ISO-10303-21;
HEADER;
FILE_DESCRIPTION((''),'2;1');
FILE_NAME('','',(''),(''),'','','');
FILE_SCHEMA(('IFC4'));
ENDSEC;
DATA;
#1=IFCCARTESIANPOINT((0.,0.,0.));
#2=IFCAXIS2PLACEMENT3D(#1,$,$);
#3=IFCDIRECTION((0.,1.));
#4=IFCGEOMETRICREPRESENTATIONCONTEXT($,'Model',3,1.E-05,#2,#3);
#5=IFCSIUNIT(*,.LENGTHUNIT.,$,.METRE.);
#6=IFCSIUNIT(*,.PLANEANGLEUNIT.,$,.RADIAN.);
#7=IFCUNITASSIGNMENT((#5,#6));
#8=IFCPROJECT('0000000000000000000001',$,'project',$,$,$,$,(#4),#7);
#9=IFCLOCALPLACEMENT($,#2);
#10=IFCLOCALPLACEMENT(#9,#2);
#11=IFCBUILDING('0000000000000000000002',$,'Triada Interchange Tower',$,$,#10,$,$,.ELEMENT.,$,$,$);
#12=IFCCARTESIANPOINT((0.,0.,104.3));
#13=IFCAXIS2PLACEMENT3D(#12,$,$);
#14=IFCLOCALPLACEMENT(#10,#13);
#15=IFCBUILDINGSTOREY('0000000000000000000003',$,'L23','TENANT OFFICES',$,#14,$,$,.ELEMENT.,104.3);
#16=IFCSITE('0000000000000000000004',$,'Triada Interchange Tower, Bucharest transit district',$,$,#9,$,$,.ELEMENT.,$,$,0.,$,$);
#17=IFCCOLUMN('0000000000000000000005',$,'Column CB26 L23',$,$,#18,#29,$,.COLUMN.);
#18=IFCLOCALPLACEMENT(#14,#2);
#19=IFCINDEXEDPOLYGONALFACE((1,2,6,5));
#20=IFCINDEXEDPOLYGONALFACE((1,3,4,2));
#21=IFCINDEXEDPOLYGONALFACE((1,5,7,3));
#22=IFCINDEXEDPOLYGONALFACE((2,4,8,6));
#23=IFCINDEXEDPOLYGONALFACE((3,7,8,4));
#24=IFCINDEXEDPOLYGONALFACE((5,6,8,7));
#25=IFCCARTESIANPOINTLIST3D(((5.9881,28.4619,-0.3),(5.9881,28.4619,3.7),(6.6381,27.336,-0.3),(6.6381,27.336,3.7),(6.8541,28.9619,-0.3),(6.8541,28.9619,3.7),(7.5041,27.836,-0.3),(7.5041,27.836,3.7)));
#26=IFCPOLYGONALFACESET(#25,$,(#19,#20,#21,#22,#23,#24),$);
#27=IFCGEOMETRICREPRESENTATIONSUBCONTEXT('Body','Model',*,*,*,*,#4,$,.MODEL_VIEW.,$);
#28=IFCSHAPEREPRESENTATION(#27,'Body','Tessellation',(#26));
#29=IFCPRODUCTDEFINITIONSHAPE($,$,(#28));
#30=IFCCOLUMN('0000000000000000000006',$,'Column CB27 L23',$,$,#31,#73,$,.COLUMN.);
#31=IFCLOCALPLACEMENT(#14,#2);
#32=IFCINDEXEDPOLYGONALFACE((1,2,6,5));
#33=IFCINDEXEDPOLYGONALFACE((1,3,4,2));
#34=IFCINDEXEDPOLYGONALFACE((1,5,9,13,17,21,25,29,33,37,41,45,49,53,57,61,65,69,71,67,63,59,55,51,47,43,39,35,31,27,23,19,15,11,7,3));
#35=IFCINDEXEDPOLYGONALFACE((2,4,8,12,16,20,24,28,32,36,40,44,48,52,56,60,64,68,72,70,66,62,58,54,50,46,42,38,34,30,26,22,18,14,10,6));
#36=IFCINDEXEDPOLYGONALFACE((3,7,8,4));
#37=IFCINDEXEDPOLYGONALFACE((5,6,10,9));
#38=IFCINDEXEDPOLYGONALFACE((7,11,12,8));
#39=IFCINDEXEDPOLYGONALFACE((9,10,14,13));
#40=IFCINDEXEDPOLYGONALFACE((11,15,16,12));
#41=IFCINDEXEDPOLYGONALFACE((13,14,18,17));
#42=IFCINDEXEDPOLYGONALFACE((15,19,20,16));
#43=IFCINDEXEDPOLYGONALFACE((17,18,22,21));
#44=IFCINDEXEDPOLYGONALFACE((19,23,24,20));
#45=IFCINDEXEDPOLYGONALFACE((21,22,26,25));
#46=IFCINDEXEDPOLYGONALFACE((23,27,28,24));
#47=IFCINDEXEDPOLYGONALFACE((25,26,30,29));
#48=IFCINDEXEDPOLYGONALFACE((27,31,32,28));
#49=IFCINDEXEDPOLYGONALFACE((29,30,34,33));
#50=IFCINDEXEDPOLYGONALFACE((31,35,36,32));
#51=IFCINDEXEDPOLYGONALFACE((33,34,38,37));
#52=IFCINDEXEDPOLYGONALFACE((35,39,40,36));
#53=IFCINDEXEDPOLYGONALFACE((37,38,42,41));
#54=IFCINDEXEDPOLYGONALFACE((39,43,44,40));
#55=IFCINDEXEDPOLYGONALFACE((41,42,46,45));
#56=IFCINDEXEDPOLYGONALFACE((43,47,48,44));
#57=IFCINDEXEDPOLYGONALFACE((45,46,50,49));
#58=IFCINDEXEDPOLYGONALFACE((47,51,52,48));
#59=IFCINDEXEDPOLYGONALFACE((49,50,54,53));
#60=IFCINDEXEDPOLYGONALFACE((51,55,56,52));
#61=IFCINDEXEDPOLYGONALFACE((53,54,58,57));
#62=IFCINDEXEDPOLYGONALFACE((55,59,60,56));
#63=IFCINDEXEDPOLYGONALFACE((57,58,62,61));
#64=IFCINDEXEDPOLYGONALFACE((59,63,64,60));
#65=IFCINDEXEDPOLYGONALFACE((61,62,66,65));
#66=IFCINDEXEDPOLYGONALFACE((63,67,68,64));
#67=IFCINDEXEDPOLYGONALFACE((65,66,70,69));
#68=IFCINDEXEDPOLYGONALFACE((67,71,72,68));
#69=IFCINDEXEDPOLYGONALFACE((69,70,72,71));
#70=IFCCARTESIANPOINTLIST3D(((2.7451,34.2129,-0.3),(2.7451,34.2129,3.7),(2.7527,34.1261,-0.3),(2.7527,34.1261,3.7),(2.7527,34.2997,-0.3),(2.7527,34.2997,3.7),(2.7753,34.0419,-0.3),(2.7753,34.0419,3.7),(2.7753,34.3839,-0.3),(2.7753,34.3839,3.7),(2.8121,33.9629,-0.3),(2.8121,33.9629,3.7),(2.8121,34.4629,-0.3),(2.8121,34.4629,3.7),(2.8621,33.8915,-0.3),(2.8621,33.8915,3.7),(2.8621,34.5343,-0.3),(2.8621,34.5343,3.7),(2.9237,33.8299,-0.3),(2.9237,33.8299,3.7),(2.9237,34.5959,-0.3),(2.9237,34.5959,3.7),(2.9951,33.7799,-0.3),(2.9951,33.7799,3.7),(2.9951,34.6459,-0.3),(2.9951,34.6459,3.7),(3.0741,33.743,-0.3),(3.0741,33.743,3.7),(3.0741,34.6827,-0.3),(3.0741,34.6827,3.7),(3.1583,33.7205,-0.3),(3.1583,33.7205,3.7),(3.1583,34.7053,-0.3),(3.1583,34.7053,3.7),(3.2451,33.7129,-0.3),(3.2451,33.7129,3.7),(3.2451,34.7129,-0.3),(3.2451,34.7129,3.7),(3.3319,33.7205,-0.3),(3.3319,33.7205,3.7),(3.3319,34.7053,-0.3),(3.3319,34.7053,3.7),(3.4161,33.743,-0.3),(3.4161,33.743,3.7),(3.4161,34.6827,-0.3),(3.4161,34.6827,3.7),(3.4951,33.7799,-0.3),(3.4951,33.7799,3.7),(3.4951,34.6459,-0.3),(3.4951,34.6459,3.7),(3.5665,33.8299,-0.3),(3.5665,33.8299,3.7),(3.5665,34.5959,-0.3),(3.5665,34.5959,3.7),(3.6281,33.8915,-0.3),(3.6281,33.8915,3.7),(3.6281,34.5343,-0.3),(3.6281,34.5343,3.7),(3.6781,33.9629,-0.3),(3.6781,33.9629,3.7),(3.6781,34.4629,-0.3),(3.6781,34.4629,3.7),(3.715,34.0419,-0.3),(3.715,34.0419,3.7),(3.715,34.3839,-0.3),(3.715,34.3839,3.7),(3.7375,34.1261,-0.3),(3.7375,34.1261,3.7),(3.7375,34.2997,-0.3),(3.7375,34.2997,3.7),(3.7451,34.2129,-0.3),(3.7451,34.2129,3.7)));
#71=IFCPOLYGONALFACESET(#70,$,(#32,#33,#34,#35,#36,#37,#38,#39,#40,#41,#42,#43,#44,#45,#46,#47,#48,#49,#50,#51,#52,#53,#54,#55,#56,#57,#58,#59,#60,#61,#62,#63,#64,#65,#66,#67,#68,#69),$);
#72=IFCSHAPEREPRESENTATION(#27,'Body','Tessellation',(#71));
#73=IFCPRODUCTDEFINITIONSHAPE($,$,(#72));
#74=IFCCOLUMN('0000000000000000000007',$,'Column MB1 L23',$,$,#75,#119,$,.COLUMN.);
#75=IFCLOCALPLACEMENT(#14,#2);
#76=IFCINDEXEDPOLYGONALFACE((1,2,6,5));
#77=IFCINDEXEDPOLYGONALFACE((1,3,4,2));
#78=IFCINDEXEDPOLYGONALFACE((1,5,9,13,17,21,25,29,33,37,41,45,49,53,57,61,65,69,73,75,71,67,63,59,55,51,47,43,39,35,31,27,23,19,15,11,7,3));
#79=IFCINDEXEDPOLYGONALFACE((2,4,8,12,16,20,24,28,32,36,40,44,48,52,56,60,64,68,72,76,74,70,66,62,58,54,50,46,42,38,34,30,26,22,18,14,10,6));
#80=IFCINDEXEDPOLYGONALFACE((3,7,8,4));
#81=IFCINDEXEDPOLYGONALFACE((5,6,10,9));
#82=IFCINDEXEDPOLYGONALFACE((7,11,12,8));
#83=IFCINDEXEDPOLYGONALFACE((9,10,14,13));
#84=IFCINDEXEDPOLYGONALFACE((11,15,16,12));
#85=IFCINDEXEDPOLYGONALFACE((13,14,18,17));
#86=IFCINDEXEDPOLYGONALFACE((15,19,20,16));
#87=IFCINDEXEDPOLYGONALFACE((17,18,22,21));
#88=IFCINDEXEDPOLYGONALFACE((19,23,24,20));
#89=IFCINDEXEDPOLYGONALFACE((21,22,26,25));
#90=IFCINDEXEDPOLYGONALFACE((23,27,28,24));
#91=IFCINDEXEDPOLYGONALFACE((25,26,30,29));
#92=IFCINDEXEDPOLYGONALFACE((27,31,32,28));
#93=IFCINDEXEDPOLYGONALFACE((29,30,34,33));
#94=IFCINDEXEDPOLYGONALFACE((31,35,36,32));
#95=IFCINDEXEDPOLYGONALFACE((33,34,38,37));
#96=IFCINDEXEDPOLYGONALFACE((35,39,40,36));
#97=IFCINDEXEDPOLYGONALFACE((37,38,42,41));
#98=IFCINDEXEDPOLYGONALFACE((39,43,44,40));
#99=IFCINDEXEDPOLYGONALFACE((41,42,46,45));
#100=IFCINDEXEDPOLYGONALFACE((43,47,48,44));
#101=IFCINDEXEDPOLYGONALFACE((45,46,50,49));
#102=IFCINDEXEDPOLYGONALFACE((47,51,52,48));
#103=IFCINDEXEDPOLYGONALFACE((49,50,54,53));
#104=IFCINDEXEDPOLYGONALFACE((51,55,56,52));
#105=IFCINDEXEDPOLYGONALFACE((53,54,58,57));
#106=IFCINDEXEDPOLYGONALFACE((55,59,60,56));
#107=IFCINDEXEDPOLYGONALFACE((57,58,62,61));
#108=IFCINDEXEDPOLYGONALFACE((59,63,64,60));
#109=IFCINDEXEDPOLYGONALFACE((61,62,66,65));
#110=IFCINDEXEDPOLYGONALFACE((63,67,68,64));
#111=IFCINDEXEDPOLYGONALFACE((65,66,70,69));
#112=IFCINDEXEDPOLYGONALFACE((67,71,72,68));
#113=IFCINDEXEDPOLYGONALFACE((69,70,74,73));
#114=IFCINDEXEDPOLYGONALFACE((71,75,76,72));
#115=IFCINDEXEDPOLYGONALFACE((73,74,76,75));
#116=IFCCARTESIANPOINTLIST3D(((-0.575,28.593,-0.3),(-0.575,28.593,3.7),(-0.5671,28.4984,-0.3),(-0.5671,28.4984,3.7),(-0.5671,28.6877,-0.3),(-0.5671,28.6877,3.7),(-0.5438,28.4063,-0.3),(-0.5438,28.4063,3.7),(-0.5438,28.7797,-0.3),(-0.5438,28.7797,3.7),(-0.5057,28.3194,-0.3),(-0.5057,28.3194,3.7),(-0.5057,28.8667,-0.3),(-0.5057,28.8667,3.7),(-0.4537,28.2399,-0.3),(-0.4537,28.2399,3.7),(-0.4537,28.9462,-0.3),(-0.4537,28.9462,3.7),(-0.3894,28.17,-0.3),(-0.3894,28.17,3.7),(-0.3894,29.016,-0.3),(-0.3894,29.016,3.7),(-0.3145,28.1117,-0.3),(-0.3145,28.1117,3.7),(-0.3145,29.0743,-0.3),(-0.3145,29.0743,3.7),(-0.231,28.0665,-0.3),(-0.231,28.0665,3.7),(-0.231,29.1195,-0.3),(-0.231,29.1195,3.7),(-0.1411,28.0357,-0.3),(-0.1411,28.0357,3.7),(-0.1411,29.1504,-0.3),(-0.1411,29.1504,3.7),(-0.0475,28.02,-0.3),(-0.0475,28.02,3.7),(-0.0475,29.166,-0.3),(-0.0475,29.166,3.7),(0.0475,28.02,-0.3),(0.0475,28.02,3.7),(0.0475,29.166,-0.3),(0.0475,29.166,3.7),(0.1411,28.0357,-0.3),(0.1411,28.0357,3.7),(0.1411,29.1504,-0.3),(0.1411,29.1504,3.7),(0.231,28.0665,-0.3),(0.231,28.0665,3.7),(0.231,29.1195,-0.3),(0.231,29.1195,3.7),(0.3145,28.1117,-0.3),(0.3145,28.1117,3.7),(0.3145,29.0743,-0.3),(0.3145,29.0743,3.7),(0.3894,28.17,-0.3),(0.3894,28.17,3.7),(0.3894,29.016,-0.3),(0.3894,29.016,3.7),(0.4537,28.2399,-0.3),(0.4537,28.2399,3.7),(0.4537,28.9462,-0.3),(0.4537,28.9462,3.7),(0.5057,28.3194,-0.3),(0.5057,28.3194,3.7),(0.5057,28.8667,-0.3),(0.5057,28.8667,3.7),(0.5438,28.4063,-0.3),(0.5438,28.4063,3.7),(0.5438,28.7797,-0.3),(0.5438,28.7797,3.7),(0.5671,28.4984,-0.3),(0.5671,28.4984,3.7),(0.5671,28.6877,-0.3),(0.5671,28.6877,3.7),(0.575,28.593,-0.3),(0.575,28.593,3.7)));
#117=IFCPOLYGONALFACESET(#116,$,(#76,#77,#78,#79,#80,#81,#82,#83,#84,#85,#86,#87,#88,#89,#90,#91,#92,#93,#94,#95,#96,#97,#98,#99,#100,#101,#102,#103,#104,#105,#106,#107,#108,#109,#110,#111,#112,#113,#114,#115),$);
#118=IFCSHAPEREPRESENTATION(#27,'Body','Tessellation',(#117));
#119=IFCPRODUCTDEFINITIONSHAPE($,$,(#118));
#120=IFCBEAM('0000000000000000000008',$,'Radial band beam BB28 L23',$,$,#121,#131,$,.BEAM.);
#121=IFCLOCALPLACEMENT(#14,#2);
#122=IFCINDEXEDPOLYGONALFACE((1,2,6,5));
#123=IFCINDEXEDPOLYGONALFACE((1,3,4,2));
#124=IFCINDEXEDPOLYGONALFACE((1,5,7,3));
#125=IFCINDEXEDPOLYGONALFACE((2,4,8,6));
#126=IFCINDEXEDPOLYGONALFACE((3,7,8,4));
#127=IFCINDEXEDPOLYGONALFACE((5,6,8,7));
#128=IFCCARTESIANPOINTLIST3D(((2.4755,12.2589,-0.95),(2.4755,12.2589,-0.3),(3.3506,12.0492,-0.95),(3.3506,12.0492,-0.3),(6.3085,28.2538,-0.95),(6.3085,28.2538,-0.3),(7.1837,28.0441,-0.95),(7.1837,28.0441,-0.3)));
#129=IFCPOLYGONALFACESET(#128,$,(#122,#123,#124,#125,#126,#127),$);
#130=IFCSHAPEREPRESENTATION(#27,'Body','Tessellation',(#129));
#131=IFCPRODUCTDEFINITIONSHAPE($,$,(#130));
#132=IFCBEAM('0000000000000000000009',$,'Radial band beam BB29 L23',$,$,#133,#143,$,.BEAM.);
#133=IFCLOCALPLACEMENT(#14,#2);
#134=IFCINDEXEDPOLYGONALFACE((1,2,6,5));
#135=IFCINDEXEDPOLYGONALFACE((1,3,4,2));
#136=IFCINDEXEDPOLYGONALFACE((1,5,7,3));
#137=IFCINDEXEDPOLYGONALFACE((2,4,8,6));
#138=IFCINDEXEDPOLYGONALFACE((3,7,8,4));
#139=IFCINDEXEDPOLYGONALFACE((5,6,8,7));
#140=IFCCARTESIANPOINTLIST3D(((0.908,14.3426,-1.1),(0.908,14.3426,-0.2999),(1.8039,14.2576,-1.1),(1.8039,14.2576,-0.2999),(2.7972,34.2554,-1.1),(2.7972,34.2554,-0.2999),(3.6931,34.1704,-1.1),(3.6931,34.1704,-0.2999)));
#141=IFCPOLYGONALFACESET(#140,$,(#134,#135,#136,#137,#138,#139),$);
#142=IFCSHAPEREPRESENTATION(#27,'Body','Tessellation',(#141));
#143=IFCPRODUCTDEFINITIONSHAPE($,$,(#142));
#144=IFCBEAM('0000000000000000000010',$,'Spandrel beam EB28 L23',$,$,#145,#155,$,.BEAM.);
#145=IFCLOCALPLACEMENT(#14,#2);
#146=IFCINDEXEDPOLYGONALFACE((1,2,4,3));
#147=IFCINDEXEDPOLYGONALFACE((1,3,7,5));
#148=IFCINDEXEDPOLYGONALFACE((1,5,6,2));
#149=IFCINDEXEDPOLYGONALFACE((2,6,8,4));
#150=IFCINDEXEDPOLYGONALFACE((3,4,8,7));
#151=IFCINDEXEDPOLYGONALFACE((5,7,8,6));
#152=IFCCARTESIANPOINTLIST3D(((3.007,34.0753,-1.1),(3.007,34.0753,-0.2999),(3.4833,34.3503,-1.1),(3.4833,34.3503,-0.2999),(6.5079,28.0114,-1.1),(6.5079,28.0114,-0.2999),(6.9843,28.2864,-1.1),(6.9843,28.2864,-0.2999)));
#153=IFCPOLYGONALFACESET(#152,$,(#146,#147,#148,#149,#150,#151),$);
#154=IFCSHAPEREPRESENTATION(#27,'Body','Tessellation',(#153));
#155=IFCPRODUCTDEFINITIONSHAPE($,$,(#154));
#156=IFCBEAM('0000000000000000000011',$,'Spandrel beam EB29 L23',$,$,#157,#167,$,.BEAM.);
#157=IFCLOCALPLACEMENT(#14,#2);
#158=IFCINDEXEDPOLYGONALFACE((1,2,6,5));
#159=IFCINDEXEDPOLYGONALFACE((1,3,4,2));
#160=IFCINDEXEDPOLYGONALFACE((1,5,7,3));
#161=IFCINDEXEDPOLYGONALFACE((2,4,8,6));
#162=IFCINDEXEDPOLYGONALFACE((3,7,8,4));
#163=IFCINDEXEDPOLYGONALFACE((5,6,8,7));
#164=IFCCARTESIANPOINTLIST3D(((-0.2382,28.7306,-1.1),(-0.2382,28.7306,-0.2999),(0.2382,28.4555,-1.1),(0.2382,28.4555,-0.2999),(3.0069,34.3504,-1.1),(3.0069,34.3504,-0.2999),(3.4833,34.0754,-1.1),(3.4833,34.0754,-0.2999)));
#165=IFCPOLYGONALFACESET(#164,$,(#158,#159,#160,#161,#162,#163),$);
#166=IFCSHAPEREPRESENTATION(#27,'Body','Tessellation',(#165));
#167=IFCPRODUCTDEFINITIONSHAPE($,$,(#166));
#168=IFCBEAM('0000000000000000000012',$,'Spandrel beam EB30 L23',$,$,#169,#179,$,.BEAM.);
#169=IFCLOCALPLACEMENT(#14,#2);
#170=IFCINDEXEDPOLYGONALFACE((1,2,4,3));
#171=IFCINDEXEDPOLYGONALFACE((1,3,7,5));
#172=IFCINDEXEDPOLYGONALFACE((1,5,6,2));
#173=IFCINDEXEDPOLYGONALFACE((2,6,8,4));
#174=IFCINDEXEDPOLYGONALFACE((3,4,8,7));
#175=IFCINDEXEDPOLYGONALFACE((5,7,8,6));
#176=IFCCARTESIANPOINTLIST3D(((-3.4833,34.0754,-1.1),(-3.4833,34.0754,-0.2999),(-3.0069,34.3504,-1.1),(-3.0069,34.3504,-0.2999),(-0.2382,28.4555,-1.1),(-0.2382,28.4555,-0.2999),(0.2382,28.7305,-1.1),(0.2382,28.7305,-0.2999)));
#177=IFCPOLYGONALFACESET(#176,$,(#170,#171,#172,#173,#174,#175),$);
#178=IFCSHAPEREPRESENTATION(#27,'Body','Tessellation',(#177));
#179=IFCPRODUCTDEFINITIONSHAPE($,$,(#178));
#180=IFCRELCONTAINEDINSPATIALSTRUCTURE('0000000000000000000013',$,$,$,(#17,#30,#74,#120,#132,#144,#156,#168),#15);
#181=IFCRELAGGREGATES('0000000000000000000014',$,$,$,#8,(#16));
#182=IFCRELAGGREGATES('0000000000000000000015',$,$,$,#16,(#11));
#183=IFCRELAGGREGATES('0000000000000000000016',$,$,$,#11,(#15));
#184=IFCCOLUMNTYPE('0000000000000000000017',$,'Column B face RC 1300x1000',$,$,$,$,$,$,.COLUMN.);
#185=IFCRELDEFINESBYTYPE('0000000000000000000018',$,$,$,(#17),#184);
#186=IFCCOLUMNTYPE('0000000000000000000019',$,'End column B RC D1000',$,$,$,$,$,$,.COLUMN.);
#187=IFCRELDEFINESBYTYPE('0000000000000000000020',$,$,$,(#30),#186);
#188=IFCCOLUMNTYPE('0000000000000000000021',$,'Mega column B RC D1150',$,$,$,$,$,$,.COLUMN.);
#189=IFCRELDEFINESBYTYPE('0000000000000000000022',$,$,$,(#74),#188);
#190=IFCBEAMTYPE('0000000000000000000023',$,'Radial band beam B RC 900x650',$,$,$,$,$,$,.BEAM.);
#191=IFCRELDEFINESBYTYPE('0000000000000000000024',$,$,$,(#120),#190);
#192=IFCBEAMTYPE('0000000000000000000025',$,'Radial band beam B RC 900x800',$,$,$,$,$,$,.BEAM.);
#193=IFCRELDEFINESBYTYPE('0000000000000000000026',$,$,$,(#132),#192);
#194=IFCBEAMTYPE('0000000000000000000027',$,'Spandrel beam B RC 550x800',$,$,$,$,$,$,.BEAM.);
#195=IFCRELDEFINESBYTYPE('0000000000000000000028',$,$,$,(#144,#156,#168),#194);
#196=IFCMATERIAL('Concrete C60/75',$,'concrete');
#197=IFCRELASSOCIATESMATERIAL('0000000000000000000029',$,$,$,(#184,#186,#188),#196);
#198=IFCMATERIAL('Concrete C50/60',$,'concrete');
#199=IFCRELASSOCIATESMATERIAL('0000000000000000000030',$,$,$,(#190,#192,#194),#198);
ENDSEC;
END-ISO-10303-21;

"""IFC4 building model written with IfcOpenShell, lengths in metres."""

from ifc_helpers import new_model, si_unit, direction, frame, origin, origin_2d, place, context, subcontext, project, spatial, rectangle, circle, extrude, material, material_profile, profile_set, type_object, element, save


model = new_model("IFC4")

# Units and contexts
model_context = context("Model", 3, precision=1e-05, world=origin(), true_north=direction((0.0, 1.0)))
body_context = subcontext(model_context, "Body", "Model", "MODEL_VIEW")
ifc_project = project(units=[si_unit("LENGTHUNIT", "METRE"), si_unit("PLANEANGLEUNIT", "RADIAN")], contexts=[model_context])

# Site, building, storey
site_placement = place(None, origin())
site = spatial("IfcSite", under=ifc_project, at=site_placement, Name="Triada Interchange Tower, Bucharest transit district", CompositionType="ELEMENT", RefElevation=0.0)
building_placement = place(site_placement, origin())
building = spatial("IfcBuilding", under=site, at=building_placement, Name="Triada Interchange Tower", CompositionType="ELEMENT")
storey_placement = place(building_placement, frame((0.0, 0.0, 104.3)))
storey = spatial("IfcBuildingStorey", under=building, at=storey_placement, Name="L23", Description="TENANT OFFICES", CompositionType="ELEMENT", Elevation=104.3)

# Columns
ifc_material_1 = material(Name="Concrete C60/75", Category="concrete")
ifc_material_profile_1 = material_profile(ifc_material_1, rectangle(XDim=1.3, YDim=1.0, at=origin_2d()), Name="RC 1300x1000")
ifc_profile_set_1 = profile_set([ifc_material_profile_1], Name="Concrete C60/75")
column_type_1 = type_object("IfcColumnType", Name="Column B face RC 1300x1000", PredefinedType="COLUMN", material=ifc_profile_set_1)
column_1_placement = place(storey_placement, frame((6.7461, 28.1489, -0.3), z_axis=(0.0, 0.0, 1.0), x_axis=(-0.5, 0.866025, 0.0)))
element("IfcColumn", 1, at=column_1_placement, inside=storey, type_object=column_type_1, Name="Column CB26 L23", PredefinedType="COLUMN", context=body_context, shape_type="SweptSolid", body=[
    extrude(rectangle(XDim=1.3, YDim=1.0, at=origin_2d()), origin(), (0.0, 0.0, 1.0), 4.0),
])
ifc_material_profile_2 = material_profile(ifc_material_1, circle(Radius=0.5, at=origin_2d()), Name="RC D1000")
ifc_profile_set_2 = profile_set([ifc_material_profile_2], Name="Concrete C60/75")
column_type_2 = type_object("IfcColumnType", Name="End column B RC D1000", PredefinedType="COLUMN", material=ifc_profile_set_2)
column_2_placement = place(storey_placement, frame((3.2451, 34.2129, -0.3), z_axis=(0.0, 0.0, 1.0), x_axis=(-0.5, 0.866025, 0.0)))
element("IfcColumn", 2, at=column_2_placement, inside=storey, type_object=column_type_2, Name="Column CB27 L23", PredefinedType="COLUMN", context=body_context, shape_type="SweptSolid", body=[
    extrude(circle(Radius=0.5, at=origin_2d()), origin(), (0.0, 0.0, 1.0), 4.0),
])
ifc_material_profile_3 = material_profile(ifc_material_1, circle(Radius=0.575, at=origin_2d()), Name="RC D1150")
ifc_profile_set_3 = profile_set([ifc_material_profile_3], Name="Concrete C60/75")
column_type_3 = type_object("IfcColumnType", Name="Mega column B RC D1150", PredefinedType="COLUMN", material=ifc_profile_set_3)
column_3_placement = place(storey_placement, frame((0.0, 28.593, -0.3), z_axis=(0.0, 0.0, 1.0), x_axis=(1.0, 0.0, 0.0)))
element("IfcColumn", 3, at=column_3_placement, inside=storey, type_object=column_type_3, Name="Column MB1 L23", PredefinedType="COLUMN", context=body_context, shape_type="SweptSolid", body=[
    extrude(circle(Radius=0.575, at=origin_2d()), origin(), (0.0, 0.0, 1.0), 4.0),
])

# Beams
ifc_material_2 = material(Name="Concrete C50/60", Category="concrete")
ifc_material_profile_4 = material_profile(ifc_material_2, rectangle(XDim=0.8999, YDim=0.6499, at=origin_2d()), Name="RC 900x650")
ifc_profile_set_4 = profile_set([ifc_material_profile_4], Name="Concrete C50/60")
beam_type_1 = type_object("IfcBeamType", Name="Radial band beam B RC 900x650", PredefinedType="BEAM", material=ifc_profile_set_4)
beam_1_placement = place(storey_placement, frame((6.7461, 28.1489, -0.625), z_axis=(-0.233042, -0.972467, 0.0), x_axis=(0.972467, -0.233042, 0.0)))
element("IfcBeam", 4, at=beam_1_placement, inside=storey, type_object=beam_type_1, Name="Radial band beam BB28 L23", PredefinedType="BEAM", context=body_context, shape_type="SweptSolid", body=[
    extrude(rectangle(XDim=0.8999, YDim=0.6499, at=origin_2d()), origin(), (0.0, 0.0, 1.0), 16.4478),
])
ifc_material_profile_5 = material_profile(ifc_material_2, rectangle(XDim=0.8999, YDim=0.8, at=origin_2d()), Name="RC 900x800")
ifc_profile_set_5 = profile_set([ifc_material_profile_5], Name="Concrete C50/60")
beam_type_2 = type_object("IfcBeamType", Name="Radial band beam B RC 900x800", PredefinedType="BEAM", material=ifc_profile_set_5)
beam_2_placement = place(storey_placement, frame((3.2451, 34.2129, -0.7), z_axis=(-0.094447, -0.99553, 0.0), x_axis=(0.99553, -0.094447, 0.0)))
element("IfcBeam", 5, at=beam_2_placement, inside=storey, type_object=beam_type_2, Name="Radial band beam BB29 L23", PredefinedType="BEAM", context=body_context, shape_type="SweptSolid", body=[
    extrude(rectangle(XDim=0.8999, YDim=0.8, at=origin_2d()), origin(), (0.0, 0.0, 1.0), 20.0022),
])
ifc_material_profile_6 = material_profile(ifc_material_2, rectangle(XDim=0.55, YDim=0.8, at=origin_2d()), Name="RC 550x800")
ifc_profile_set_6 = profile_set([ifc_material_profile_6], Name="Concrete C50/60")
beam_type_3 = type_object("IfcBeamType", Name="Spandrel beam B RC 550x800", PredefinedType="BEAM", material=ifc_profile_set_6)
beam_3_placement = place(storey_placement, frame((6.7461, 28.1489, -0.7), z_axis=(-0.499994, 0.866029, 0.0), x_axis=(-0.866029, -0.499994, 0.0)))
element("IfcBeam", 6, at=beam_3_placement, inside=storey, type_object=beam_type_3, Name="Spandrel beam EB28 L23", PredefinedType="BEAM", context=body_context, shape_type="SweptSolid", body=[
    extrude(rectangle(XDim=0.55, YDim=0.8, at=origin_2d()), origin(), (0.0, 0.0, 1.0), 7.002),
])
for number, where, z_axis, x_axis, name in (
    (7, (3.2451, 34.2129, -0.7), (-0.500056, -0.865993, 0.0), (0.865993, -0.500056, 0.0), "Spandrel beam EB29 L23"),
    (8, (0.0, 28.593, -0.7), (-0.500056, 0.865993, 0.0), (-0.865993, -0.500056, 0.0), "Spandrel beam EB30 L23"),
):
    element("IfcBeam", number, at=place(storey_placement, frame(where, z_axis=z_axis, x_axis=x_axis)), inside=storey, type_object=beam_type_3, Name=name, PredefinedType="BEAM", context=body_context, shape_type="SweptSolid", body=[
        extrude(rectangle(XDim=0.55, YDim=0.8, at=origin_2d()), origin(), (0.0, 0.0, 1.0), 6.4895),
    ])

save(model, "model.ifc")
